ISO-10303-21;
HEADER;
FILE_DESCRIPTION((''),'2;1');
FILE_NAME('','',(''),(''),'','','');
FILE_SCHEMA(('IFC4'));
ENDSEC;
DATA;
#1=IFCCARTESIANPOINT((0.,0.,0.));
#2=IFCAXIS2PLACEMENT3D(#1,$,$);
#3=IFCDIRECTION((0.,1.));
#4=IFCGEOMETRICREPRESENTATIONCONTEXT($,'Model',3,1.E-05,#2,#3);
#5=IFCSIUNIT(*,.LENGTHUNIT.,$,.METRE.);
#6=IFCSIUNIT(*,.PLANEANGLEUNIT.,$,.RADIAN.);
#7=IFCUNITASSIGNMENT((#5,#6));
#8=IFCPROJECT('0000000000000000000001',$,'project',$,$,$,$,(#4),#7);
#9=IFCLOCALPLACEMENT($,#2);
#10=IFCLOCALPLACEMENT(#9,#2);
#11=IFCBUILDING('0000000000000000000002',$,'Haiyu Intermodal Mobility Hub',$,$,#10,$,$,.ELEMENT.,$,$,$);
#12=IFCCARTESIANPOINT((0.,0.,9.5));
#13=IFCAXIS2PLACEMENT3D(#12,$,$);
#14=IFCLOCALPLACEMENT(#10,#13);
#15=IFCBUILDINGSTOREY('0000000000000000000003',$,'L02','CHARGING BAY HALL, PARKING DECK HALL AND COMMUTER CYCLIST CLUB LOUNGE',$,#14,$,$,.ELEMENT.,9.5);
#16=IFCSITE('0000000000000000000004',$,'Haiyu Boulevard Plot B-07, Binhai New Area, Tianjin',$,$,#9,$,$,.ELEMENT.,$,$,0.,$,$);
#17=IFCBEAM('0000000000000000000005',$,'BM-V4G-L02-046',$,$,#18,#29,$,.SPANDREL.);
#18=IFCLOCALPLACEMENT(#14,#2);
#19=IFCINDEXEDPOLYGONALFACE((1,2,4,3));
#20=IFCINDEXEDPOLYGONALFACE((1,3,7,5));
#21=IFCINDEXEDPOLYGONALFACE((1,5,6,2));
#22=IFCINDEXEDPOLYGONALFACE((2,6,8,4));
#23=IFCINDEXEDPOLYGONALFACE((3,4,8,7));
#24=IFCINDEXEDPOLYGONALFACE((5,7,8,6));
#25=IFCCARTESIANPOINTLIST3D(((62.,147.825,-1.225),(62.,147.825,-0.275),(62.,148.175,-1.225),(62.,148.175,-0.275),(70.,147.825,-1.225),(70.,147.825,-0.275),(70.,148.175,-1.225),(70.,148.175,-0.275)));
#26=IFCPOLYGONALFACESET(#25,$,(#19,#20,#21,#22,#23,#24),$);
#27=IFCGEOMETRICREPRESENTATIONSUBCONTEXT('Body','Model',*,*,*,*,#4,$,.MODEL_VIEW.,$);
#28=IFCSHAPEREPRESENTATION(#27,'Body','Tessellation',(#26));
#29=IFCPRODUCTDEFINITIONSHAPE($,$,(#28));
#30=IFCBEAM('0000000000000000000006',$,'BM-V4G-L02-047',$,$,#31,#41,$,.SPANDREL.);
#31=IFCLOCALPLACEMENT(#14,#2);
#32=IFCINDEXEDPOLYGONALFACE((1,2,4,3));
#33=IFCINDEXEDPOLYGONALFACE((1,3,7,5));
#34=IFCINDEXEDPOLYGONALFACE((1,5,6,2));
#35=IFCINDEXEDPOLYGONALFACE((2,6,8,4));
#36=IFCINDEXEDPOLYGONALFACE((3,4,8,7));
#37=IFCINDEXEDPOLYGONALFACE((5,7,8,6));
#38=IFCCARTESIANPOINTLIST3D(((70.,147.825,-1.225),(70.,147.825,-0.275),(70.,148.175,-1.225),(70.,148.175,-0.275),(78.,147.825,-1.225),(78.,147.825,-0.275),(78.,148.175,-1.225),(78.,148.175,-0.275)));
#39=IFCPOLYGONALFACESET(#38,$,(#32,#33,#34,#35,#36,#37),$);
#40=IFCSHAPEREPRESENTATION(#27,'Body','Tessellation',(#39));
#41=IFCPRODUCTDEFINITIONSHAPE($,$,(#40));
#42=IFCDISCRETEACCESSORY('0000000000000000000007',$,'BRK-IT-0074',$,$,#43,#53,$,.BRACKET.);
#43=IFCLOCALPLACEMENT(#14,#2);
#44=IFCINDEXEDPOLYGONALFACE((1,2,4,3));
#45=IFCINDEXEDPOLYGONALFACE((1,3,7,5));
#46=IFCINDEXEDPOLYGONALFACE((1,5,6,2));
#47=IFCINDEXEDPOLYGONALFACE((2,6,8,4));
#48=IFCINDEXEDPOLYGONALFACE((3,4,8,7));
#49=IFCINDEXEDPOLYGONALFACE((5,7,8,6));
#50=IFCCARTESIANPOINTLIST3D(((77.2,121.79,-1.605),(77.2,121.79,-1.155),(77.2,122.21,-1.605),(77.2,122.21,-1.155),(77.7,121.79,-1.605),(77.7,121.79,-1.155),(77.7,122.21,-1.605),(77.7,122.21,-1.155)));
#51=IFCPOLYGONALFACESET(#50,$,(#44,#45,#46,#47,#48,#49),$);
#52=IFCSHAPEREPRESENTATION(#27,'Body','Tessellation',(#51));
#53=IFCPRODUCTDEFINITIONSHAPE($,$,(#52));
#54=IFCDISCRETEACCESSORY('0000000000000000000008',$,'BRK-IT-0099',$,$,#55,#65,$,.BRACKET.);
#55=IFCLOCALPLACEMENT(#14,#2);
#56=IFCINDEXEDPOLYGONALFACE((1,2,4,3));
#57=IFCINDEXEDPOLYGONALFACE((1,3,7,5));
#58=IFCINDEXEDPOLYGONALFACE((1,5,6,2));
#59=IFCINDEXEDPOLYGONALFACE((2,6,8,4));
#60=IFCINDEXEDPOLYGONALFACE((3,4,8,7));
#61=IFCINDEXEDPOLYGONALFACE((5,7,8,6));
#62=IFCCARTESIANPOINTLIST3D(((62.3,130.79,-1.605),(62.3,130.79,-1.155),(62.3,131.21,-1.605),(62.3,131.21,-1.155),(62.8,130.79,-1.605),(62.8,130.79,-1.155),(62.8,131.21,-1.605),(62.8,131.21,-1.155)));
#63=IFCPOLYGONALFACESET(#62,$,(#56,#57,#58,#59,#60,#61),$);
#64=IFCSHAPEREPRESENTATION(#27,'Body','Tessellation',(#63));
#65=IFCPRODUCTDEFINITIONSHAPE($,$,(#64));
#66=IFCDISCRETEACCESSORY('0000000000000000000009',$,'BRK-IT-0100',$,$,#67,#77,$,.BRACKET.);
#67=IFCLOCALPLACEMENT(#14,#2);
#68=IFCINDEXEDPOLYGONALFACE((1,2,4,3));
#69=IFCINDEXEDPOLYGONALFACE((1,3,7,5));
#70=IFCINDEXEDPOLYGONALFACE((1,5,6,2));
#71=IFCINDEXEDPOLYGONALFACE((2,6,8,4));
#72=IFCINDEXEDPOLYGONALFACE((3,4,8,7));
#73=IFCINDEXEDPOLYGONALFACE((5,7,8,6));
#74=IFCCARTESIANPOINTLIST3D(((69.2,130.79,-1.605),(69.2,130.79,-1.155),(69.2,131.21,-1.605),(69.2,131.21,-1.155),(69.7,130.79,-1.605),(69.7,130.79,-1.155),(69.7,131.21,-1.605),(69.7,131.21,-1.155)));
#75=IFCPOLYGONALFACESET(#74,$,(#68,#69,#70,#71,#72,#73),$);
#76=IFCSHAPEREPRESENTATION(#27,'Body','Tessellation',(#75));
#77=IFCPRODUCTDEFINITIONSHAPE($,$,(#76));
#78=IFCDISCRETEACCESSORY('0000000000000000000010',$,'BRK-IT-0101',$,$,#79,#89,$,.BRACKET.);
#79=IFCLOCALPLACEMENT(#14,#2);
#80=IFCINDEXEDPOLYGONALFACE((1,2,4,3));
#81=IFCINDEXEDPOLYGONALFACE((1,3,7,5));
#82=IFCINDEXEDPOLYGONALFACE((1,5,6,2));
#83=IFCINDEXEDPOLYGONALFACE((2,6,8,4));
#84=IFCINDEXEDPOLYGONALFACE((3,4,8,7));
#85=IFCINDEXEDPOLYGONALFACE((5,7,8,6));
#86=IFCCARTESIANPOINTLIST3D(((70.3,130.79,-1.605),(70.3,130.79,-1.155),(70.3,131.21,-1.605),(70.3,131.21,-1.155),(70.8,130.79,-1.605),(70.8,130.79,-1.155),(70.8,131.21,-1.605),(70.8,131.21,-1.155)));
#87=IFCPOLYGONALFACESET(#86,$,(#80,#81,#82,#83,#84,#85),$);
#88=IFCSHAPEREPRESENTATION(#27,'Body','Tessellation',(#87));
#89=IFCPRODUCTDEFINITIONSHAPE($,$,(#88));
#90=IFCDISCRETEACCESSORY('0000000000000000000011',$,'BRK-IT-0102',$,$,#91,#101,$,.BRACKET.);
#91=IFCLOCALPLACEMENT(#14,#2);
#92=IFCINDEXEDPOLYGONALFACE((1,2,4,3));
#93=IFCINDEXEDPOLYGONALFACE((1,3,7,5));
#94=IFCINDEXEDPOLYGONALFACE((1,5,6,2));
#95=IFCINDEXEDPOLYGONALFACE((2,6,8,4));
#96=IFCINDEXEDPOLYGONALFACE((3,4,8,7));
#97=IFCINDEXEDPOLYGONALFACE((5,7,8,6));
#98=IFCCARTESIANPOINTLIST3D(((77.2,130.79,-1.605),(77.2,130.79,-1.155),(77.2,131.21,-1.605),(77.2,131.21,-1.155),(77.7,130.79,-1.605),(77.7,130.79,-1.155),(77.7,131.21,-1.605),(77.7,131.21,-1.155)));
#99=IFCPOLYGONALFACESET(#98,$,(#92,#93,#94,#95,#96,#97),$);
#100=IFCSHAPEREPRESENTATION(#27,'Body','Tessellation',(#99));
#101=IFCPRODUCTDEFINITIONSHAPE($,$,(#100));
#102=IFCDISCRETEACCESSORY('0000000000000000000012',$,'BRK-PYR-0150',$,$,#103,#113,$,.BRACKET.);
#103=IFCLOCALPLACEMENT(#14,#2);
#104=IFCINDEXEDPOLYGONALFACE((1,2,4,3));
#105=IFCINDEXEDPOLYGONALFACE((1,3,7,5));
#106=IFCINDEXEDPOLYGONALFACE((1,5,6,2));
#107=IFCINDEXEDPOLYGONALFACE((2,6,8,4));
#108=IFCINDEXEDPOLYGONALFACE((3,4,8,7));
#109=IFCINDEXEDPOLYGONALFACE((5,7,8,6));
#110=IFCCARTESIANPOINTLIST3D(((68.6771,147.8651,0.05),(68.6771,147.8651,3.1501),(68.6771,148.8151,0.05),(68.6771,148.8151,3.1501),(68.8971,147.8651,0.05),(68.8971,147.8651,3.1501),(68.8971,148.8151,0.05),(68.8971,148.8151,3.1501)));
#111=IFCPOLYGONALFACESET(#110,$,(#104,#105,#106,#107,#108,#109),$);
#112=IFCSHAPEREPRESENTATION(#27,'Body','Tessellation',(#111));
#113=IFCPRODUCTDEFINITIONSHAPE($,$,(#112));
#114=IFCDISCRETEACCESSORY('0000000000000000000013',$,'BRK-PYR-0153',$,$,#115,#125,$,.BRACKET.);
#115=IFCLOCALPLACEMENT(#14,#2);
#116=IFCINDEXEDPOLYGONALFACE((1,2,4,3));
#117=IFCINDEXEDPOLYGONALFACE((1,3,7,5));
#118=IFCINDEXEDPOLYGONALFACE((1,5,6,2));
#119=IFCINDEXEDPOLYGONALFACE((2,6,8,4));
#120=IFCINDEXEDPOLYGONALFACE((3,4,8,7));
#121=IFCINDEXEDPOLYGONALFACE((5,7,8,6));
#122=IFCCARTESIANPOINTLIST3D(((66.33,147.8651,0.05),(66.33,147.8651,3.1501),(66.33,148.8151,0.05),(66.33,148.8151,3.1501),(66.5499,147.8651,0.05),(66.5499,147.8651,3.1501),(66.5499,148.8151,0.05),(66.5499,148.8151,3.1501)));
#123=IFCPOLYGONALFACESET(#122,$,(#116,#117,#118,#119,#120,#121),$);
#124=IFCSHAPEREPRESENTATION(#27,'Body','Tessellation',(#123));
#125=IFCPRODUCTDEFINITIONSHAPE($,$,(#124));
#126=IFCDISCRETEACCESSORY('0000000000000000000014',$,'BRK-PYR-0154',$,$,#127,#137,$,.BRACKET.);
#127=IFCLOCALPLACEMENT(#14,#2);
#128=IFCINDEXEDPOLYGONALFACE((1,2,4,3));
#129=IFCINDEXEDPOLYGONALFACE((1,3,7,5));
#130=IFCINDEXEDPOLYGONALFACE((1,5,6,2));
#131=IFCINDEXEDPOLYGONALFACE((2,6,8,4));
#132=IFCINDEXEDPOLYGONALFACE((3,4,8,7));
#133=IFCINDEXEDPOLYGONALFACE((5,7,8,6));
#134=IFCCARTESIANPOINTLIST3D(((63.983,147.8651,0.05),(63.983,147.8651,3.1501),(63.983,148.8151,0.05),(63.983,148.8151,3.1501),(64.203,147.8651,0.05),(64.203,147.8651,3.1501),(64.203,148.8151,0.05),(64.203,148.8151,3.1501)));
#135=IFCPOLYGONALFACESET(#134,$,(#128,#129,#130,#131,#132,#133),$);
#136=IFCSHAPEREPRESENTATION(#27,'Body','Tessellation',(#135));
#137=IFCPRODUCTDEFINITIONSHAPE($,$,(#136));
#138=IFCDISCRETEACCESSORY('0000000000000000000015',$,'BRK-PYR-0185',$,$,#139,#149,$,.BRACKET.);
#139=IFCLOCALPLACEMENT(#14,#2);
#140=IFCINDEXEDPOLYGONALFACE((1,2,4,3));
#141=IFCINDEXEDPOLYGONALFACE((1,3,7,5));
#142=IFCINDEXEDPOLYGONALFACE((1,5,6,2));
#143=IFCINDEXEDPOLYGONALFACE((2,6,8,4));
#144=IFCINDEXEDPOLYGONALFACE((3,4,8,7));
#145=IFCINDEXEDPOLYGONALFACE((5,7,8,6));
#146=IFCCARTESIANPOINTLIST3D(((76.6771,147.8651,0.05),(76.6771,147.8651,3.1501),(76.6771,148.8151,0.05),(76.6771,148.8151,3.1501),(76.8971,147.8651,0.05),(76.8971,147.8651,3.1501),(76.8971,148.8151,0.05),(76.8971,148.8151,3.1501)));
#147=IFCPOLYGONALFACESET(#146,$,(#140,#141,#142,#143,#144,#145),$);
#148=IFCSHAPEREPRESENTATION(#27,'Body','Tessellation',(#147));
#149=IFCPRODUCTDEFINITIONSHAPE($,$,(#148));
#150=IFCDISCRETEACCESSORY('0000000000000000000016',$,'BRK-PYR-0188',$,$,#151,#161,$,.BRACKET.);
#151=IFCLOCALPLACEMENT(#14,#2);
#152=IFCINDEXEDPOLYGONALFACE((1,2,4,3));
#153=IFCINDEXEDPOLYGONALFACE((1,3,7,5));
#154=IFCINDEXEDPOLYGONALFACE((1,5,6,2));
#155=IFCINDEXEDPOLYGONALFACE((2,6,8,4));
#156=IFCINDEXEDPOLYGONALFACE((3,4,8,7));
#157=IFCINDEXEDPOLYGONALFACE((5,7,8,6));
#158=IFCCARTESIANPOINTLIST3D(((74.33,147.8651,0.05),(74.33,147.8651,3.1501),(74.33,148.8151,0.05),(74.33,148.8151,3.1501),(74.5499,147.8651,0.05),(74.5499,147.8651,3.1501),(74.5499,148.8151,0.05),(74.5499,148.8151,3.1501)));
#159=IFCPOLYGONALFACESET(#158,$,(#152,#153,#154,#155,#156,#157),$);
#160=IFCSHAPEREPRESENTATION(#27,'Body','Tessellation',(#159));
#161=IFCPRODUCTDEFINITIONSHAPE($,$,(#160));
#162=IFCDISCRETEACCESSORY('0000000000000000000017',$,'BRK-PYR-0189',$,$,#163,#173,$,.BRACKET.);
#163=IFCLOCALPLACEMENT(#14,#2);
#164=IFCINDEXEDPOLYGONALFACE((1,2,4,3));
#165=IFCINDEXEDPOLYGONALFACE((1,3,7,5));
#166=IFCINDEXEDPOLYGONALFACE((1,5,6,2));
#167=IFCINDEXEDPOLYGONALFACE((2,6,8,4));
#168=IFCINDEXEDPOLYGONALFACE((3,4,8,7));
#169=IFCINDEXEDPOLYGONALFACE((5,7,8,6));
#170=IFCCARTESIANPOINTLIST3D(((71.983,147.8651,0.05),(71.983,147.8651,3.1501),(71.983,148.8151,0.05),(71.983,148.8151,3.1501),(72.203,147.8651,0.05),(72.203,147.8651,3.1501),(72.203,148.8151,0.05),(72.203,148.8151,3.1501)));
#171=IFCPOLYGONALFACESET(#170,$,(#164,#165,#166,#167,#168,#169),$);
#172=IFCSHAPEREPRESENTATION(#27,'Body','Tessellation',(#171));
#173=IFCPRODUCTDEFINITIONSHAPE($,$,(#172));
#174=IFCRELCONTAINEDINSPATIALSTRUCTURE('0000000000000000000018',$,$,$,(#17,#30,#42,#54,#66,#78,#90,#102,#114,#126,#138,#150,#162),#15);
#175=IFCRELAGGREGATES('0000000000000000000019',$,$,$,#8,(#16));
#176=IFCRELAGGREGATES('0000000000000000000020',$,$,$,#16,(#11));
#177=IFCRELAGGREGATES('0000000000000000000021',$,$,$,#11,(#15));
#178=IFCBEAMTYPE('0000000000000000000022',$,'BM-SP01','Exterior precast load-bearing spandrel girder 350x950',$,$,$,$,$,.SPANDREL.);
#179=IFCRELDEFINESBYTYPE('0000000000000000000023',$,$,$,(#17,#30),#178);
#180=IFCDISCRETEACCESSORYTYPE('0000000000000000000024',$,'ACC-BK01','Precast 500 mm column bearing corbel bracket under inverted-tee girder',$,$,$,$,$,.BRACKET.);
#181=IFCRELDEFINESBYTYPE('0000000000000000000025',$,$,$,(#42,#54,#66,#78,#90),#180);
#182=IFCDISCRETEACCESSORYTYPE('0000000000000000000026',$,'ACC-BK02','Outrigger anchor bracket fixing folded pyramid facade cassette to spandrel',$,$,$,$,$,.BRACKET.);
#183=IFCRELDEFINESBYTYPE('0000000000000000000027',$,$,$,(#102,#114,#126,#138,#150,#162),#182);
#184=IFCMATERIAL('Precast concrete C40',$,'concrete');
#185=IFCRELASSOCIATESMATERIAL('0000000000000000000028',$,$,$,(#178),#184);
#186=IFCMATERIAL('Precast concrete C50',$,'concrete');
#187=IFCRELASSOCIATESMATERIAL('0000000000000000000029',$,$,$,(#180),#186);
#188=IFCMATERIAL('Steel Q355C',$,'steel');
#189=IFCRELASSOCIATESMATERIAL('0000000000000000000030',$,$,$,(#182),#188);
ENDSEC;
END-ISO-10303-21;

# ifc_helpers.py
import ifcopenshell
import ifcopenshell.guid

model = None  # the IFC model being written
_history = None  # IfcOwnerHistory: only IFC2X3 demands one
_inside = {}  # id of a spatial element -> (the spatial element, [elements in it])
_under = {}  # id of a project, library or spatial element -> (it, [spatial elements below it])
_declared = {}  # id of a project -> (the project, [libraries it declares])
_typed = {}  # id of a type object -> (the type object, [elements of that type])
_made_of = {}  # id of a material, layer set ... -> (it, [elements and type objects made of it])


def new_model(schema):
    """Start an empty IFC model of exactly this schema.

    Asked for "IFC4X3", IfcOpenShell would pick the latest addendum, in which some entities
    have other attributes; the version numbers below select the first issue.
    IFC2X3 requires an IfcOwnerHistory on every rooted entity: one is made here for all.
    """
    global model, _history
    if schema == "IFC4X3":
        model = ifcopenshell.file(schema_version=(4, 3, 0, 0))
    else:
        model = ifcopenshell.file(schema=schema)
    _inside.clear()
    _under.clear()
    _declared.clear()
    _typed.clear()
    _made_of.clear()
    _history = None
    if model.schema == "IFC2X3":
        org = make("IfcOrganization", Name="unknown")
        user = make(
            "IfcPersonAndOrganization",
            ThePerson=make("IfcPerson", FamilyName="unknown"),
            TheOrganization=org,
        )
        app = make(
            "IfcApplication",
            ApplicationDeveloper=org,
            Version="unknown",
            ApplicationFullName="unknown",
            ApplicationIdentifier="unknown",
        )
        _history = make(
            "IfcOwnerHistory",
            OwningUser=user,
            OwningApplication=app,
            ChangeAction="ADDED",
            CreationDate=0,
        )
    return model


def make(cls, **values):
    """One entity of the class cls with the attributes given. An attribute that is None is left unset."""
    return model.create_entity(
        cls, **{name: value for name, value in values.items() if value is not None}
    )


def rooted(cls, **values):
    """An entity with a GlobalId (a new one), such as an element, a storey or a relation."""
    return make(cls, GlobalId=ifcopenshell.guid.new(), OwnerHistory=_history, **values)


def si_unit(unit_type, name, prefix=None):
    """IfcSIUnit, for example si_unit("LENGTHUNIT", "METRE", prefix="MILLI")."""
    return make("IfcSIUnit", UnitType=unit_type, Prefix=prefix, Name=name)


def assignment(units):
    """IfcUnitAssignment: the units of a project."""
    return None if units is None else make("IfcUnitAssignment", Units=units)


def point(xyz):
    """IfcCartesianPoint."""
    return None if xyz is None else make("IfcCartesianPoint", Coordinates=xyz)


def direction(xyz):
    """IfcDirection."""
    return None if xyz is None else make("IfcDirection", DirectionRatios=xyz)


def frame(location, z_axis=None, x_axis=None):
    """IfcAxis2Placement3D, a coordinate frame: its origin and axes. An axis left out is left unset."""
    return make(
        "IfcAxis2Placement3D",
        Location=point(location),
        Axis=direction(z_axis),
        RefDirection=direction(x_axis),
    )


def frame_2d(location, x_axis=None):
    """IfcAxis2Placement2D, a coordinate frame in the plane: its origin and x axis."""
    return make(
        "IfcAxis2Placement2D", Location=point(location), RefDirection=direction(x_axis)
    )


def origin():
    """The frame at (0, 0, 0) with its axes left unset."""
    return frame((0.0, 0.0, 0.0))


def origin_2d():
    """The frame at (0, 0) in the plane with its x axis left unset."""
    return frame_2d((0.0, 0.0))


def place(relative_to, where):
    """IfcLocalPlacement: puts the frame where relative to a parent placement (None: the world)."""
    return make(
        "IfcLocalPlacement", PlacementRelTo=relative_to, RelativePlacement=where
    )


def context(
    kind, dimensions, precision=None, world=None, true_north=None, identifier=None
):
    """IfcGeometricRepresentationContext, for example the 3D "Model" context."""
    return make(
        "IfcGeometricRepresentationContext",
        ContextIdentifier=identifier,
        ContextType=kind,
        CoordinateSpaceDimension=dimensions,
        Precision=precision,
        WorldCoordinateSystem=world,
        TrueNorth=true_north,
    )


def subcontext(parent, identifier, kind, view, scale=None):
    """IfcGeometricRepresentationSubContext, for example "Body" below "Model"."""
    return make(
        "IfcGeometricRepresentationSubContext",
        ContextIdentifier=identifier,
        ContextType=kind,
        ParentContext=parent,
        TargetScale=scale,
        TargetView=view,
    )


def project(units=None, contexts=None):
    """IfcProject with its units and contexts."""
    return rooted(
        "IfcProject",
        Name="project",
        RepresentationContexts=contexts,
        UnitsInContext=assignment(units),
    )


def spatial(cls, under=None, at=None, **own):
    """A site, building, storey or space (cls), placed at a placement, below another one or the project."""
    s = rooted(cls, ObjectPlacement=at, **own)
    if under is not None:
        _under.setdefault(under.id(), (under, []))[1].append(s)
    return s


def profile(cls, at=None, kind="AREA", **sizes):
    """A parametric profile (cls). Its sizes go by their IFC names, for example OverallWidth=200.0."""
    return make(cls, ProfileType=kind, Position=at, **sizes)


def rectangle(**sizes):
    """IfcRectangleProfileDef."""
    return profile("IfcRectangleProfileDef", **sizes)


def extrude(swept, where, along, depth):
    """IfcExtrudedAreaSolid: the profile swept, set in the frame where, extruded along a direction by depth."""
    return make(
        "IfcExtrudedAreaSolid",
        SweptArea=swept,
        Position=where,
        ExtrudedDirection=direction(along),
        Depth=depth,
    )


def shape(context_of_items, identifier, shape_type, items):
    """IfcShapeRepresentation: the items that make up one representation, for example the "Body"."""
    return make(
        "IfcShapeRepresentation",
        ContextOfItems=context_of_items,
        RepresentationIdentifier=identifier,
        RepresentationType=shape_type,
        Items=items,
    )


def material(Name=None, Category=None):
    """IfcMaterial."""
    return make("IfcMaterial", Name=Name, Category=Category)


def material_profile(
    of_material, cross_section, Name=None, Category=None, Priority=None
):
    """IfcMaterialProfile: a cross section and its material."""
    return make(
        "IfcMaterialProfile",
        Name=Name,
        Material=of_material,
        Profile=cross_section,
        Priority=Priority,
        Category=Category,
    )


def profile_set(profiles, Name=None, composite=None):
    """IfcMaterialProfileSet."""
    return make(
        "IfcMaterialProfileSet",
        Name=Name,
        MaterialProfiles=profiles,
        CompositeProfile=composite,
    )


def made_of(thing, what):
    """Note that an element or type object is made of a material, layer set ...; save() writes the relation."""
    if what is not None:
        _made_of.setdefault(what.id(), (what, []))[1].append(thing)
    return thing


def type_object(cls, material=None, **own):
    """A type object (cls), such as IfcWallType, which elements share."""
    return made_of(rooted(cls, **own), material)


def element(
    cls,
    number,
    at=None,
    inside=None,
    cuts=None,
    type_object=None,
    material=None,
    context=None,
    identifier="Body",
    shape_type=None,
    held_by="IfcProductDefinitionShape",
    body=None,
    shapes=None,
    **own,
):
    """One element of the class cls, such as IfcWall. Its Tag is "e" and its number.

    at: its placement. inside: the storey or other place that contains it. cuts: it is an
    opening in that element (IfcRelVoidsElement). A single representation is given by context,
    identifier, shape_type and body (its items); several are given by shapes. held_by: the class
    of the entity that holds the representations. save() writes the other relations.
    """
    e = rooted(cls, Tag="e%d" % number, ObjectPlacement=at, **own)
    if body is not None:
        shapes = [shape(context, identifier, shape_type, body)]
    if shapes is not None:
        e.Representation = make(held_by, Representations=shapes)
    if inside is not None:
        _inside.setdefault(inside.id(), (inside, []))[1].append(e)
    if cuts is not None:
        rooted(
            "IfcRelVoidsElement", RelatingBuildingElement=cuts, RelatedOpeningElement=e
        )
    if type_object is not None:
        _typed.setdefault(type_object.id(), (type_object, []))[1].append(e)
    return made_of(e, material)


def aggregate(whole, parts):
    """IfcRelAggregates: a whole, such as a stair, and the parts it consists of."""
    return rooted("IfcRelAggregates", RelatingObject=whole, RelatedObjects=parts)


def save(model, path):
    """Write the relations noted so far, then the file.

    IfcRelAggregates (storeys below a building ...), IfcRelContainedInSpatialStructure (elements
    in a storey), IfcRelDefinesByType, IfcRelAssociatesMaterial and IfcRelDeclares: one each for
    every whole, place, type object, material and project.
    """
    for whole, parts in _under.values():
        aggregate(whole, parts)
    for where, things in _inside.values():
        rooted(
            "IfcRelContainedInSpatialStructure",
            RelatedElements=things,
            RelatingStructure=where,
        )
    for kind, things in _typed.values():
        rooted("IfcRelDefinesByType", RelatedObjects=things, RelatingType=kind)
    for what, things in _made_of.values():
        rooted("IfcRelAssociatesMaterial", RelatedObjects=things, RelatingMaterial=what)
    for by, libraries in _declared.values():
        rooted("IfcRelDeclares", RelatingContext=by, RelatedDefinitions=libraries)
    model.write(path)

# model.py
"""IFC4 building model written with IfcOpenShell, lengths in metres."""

from ifc_helpers import new_model, si_unit, direction, frame, origin, origin_2d, place, context, subcontext, project, spatial, rectangle, extrude, material, material_profile, profile_set, type_object, element, save


model = new_model("IFC4")

# Units and contexts
model_context = context("Model", 3, precision=1e-05, world=origin(), true_north=direction((0.0, 1.0)))
body_context = subcontext(model_context, "Body", "Model", "MODEL_VIEW")
ifc_project = project(units=[si_unit("LENGTHUNIT", "METRE"), si_unit("PLANEANGLEUNIT", "RADIAN")], contexts=[model_context])

# Site, building, storey
site_placement = place(None, origin())
site = spatial("IfcSite", under=ifc_project, at=site_placement, Name="Haiyu Boulevard Plot B-07, Binhai New Area, Tianjin", CompositionType="ELEMENT", RefElevation=0.0)
building_placement = place(site_placement, origin())
building = spatial("IfcBuilding", under=site, at=building_placement, Name="Haiyu Intermodal Mobility Hub", CompositionType="ELEMENT")
storey_placement = place(building_placement, frame((0.0, 0.0, 9.5)))
storey = spatial("IfcBuildingStorey", under=building, at=storey_placement, Name="L02", Description="CHARGING BAY HALL, PARKING DECK HALL AND COMMUTER CYCLIST CLUB LOUNGE", CompositionType="ELEMENT", Elevation=9.5)

# Shared definitions
ifc_material_1 = material(Name="Precast concrete C40", Category="concrete")

# Beams
ifc_material_2 = material(Name="Precast concrete C50", Category="concrete")
ifc_material_profile_1 = material_profile(ifc_material_1, rectangle(XDim=0.3501, YDim=0.95, at=origin_2d()), Name="PC350x950")
ifc_profile_set_1 = profile_set([ifc_material_profile_1], Name="Precast concrete C40")
beam_type_1 = type_object("IfcBeamType", Name="BM-SP01", Description="Exterior precast load-bearing spandrel girder 350x950", PredefinedType="SPANDREL", material=ifc_profile_set_1)
for number, where, z_axis, x_axis, name in (
    (1, (62.0, 148.0, -0.75), (1.0, 0.0, 0.0), (0.0, 1.0, 0.0), "BM-V4G-L02-046"),
    (2, (70.0, 148.0, -0.75), (1.0, 0.0, 0.0), (0.0, 1.0, 0.0), "BM-V4G-L02-047"),
):
    element("IfcBeam", number, at=place(storey_placement, frame(where, z_axis=z_axis, x_axis=x_axis)), inside=storey, type_object=beam_type_1, Name=name, PredefinedType="SPANDREL", context=body_context, shape_type="SweptSolid", body=[
        extrude(rectangle(XDim=0.3501, YDim=0.95, at=origin_2d()), origin(), (0.0, 0.0, 1.0), 8.0),
    ])

# Shared definitions
ifc_material_3 = material(Name="Steel Q355C", Category="steel")

# Discrete accessories
discrete_accessory_type_1 = type_object("IfcDiscreteAccessoryType", Name="ACC-BK01", Description="Precast 500 mm column bearing corbel bracket under inverted-tee girder", PredefinedType="BRACKET", material=ifc_material_2)
for number, where, z_axis, x_axis, name in (
    (3, (77.45, 122.0, -1.605), (0.0, 0.0, 1.0), (1.0, 0.0, 0.0), "BRK-IT-0074"),
    (4, (62.55, 131.0, -1.605), (0.0, 0.0, 1.0), (1.0, 0.0, 0.0), "BRK-IT-0099"),
    (5, (69.45, 131.0, -1.605), (0.0, 0.0, 1.0), (1.0, 0.0, 0.0), "BRK-IT-0100"),
    (6, (70.55, 131.0, -1.605), (0.0, 0.0, 1.0), (1.0, 0.0, 0.0), "BRK-IT-0101"),
    (7, (77.45, 131.0, -1.605), (0.0, 0.0, 1.0), (1.0, 0.0, 0.0), "BRK-IT-0102"),
):
    element("IfcDiscreteAccessory", number, at=place(storey_placement, frame(where, z_axis=z_axis, x_axis=x_axis)), inside=storey, type_object=discrete_accessory_type_1, Name=name, PredefinedType="BRACKET", context=body_context, shape_type="SweptSolid", body=[
        extrude(rectangle(XDim=0.5, YDim=0.4199, at=origin_2d()), origin(), (0.0, 0.0, 1.0), 0.45),
    ])
discrete_accessory_type_2 = type_object("IfcDiscreteAccessoryType", Name="ACC-BK02", Description="Outrigger anchor bracket fixing folded pyramid facade cassette to spandrel", PredefinedType="BRACKET", material=ifc_material_3)
for number, where, z_axis, x_axis, name in (
    (8, (68.7871, 148.3401, 0.05), (0.0, 0.0, 1.0), (1.0, 0.0, 0.0), "BRK-PYR-0150"),
    (9, (66.4399, 148.3401, 0.05), (0.0, 0.0, 1.0), (1.0, 0.0, 0.0), "BRK-PYR-0153"),
    (10, (64.093, 148.3401, 0.05), (0.0, 0.0, 1.0), (1.0, 0.0, 0.0), "BRK-PYR-0154"),
    (11, (76.7871, 148.3401, 0.05), (0.0, 0.0, 1.0), (1.0, 0.0, 0.0), "BRK-PYR-0185"),
    (12, (74.4399, 148.3401, 0.05), (0.0, 0.0, 1.0), (1.0, 0.0, 0.0), "BRK-PYR-0188"),
    (13, (72.093, 148.3401, 0.05), (0.0, 0.0, 1.0), (1.0, 0.0, 0.0), "BRK-PYR-0189"),
):
    element("IfcDiscreteAccessory", number, at=place(storey_placement, frame(where, z_axis=z_axis, x_axis=x_axis)), inside=storey, type_object=discrete_accessory_type_2, Name=name, PredefinedType="BRACKET", context=body_context, shape_type="SweptSolid", body=[
        extrude(rectangle(XDim=0.22, YDim=0.95, at=origin_2d()), origin(), (0.0, 0.0, 1.0), 3.1001),
    ])

save(model, "model.ifc")
